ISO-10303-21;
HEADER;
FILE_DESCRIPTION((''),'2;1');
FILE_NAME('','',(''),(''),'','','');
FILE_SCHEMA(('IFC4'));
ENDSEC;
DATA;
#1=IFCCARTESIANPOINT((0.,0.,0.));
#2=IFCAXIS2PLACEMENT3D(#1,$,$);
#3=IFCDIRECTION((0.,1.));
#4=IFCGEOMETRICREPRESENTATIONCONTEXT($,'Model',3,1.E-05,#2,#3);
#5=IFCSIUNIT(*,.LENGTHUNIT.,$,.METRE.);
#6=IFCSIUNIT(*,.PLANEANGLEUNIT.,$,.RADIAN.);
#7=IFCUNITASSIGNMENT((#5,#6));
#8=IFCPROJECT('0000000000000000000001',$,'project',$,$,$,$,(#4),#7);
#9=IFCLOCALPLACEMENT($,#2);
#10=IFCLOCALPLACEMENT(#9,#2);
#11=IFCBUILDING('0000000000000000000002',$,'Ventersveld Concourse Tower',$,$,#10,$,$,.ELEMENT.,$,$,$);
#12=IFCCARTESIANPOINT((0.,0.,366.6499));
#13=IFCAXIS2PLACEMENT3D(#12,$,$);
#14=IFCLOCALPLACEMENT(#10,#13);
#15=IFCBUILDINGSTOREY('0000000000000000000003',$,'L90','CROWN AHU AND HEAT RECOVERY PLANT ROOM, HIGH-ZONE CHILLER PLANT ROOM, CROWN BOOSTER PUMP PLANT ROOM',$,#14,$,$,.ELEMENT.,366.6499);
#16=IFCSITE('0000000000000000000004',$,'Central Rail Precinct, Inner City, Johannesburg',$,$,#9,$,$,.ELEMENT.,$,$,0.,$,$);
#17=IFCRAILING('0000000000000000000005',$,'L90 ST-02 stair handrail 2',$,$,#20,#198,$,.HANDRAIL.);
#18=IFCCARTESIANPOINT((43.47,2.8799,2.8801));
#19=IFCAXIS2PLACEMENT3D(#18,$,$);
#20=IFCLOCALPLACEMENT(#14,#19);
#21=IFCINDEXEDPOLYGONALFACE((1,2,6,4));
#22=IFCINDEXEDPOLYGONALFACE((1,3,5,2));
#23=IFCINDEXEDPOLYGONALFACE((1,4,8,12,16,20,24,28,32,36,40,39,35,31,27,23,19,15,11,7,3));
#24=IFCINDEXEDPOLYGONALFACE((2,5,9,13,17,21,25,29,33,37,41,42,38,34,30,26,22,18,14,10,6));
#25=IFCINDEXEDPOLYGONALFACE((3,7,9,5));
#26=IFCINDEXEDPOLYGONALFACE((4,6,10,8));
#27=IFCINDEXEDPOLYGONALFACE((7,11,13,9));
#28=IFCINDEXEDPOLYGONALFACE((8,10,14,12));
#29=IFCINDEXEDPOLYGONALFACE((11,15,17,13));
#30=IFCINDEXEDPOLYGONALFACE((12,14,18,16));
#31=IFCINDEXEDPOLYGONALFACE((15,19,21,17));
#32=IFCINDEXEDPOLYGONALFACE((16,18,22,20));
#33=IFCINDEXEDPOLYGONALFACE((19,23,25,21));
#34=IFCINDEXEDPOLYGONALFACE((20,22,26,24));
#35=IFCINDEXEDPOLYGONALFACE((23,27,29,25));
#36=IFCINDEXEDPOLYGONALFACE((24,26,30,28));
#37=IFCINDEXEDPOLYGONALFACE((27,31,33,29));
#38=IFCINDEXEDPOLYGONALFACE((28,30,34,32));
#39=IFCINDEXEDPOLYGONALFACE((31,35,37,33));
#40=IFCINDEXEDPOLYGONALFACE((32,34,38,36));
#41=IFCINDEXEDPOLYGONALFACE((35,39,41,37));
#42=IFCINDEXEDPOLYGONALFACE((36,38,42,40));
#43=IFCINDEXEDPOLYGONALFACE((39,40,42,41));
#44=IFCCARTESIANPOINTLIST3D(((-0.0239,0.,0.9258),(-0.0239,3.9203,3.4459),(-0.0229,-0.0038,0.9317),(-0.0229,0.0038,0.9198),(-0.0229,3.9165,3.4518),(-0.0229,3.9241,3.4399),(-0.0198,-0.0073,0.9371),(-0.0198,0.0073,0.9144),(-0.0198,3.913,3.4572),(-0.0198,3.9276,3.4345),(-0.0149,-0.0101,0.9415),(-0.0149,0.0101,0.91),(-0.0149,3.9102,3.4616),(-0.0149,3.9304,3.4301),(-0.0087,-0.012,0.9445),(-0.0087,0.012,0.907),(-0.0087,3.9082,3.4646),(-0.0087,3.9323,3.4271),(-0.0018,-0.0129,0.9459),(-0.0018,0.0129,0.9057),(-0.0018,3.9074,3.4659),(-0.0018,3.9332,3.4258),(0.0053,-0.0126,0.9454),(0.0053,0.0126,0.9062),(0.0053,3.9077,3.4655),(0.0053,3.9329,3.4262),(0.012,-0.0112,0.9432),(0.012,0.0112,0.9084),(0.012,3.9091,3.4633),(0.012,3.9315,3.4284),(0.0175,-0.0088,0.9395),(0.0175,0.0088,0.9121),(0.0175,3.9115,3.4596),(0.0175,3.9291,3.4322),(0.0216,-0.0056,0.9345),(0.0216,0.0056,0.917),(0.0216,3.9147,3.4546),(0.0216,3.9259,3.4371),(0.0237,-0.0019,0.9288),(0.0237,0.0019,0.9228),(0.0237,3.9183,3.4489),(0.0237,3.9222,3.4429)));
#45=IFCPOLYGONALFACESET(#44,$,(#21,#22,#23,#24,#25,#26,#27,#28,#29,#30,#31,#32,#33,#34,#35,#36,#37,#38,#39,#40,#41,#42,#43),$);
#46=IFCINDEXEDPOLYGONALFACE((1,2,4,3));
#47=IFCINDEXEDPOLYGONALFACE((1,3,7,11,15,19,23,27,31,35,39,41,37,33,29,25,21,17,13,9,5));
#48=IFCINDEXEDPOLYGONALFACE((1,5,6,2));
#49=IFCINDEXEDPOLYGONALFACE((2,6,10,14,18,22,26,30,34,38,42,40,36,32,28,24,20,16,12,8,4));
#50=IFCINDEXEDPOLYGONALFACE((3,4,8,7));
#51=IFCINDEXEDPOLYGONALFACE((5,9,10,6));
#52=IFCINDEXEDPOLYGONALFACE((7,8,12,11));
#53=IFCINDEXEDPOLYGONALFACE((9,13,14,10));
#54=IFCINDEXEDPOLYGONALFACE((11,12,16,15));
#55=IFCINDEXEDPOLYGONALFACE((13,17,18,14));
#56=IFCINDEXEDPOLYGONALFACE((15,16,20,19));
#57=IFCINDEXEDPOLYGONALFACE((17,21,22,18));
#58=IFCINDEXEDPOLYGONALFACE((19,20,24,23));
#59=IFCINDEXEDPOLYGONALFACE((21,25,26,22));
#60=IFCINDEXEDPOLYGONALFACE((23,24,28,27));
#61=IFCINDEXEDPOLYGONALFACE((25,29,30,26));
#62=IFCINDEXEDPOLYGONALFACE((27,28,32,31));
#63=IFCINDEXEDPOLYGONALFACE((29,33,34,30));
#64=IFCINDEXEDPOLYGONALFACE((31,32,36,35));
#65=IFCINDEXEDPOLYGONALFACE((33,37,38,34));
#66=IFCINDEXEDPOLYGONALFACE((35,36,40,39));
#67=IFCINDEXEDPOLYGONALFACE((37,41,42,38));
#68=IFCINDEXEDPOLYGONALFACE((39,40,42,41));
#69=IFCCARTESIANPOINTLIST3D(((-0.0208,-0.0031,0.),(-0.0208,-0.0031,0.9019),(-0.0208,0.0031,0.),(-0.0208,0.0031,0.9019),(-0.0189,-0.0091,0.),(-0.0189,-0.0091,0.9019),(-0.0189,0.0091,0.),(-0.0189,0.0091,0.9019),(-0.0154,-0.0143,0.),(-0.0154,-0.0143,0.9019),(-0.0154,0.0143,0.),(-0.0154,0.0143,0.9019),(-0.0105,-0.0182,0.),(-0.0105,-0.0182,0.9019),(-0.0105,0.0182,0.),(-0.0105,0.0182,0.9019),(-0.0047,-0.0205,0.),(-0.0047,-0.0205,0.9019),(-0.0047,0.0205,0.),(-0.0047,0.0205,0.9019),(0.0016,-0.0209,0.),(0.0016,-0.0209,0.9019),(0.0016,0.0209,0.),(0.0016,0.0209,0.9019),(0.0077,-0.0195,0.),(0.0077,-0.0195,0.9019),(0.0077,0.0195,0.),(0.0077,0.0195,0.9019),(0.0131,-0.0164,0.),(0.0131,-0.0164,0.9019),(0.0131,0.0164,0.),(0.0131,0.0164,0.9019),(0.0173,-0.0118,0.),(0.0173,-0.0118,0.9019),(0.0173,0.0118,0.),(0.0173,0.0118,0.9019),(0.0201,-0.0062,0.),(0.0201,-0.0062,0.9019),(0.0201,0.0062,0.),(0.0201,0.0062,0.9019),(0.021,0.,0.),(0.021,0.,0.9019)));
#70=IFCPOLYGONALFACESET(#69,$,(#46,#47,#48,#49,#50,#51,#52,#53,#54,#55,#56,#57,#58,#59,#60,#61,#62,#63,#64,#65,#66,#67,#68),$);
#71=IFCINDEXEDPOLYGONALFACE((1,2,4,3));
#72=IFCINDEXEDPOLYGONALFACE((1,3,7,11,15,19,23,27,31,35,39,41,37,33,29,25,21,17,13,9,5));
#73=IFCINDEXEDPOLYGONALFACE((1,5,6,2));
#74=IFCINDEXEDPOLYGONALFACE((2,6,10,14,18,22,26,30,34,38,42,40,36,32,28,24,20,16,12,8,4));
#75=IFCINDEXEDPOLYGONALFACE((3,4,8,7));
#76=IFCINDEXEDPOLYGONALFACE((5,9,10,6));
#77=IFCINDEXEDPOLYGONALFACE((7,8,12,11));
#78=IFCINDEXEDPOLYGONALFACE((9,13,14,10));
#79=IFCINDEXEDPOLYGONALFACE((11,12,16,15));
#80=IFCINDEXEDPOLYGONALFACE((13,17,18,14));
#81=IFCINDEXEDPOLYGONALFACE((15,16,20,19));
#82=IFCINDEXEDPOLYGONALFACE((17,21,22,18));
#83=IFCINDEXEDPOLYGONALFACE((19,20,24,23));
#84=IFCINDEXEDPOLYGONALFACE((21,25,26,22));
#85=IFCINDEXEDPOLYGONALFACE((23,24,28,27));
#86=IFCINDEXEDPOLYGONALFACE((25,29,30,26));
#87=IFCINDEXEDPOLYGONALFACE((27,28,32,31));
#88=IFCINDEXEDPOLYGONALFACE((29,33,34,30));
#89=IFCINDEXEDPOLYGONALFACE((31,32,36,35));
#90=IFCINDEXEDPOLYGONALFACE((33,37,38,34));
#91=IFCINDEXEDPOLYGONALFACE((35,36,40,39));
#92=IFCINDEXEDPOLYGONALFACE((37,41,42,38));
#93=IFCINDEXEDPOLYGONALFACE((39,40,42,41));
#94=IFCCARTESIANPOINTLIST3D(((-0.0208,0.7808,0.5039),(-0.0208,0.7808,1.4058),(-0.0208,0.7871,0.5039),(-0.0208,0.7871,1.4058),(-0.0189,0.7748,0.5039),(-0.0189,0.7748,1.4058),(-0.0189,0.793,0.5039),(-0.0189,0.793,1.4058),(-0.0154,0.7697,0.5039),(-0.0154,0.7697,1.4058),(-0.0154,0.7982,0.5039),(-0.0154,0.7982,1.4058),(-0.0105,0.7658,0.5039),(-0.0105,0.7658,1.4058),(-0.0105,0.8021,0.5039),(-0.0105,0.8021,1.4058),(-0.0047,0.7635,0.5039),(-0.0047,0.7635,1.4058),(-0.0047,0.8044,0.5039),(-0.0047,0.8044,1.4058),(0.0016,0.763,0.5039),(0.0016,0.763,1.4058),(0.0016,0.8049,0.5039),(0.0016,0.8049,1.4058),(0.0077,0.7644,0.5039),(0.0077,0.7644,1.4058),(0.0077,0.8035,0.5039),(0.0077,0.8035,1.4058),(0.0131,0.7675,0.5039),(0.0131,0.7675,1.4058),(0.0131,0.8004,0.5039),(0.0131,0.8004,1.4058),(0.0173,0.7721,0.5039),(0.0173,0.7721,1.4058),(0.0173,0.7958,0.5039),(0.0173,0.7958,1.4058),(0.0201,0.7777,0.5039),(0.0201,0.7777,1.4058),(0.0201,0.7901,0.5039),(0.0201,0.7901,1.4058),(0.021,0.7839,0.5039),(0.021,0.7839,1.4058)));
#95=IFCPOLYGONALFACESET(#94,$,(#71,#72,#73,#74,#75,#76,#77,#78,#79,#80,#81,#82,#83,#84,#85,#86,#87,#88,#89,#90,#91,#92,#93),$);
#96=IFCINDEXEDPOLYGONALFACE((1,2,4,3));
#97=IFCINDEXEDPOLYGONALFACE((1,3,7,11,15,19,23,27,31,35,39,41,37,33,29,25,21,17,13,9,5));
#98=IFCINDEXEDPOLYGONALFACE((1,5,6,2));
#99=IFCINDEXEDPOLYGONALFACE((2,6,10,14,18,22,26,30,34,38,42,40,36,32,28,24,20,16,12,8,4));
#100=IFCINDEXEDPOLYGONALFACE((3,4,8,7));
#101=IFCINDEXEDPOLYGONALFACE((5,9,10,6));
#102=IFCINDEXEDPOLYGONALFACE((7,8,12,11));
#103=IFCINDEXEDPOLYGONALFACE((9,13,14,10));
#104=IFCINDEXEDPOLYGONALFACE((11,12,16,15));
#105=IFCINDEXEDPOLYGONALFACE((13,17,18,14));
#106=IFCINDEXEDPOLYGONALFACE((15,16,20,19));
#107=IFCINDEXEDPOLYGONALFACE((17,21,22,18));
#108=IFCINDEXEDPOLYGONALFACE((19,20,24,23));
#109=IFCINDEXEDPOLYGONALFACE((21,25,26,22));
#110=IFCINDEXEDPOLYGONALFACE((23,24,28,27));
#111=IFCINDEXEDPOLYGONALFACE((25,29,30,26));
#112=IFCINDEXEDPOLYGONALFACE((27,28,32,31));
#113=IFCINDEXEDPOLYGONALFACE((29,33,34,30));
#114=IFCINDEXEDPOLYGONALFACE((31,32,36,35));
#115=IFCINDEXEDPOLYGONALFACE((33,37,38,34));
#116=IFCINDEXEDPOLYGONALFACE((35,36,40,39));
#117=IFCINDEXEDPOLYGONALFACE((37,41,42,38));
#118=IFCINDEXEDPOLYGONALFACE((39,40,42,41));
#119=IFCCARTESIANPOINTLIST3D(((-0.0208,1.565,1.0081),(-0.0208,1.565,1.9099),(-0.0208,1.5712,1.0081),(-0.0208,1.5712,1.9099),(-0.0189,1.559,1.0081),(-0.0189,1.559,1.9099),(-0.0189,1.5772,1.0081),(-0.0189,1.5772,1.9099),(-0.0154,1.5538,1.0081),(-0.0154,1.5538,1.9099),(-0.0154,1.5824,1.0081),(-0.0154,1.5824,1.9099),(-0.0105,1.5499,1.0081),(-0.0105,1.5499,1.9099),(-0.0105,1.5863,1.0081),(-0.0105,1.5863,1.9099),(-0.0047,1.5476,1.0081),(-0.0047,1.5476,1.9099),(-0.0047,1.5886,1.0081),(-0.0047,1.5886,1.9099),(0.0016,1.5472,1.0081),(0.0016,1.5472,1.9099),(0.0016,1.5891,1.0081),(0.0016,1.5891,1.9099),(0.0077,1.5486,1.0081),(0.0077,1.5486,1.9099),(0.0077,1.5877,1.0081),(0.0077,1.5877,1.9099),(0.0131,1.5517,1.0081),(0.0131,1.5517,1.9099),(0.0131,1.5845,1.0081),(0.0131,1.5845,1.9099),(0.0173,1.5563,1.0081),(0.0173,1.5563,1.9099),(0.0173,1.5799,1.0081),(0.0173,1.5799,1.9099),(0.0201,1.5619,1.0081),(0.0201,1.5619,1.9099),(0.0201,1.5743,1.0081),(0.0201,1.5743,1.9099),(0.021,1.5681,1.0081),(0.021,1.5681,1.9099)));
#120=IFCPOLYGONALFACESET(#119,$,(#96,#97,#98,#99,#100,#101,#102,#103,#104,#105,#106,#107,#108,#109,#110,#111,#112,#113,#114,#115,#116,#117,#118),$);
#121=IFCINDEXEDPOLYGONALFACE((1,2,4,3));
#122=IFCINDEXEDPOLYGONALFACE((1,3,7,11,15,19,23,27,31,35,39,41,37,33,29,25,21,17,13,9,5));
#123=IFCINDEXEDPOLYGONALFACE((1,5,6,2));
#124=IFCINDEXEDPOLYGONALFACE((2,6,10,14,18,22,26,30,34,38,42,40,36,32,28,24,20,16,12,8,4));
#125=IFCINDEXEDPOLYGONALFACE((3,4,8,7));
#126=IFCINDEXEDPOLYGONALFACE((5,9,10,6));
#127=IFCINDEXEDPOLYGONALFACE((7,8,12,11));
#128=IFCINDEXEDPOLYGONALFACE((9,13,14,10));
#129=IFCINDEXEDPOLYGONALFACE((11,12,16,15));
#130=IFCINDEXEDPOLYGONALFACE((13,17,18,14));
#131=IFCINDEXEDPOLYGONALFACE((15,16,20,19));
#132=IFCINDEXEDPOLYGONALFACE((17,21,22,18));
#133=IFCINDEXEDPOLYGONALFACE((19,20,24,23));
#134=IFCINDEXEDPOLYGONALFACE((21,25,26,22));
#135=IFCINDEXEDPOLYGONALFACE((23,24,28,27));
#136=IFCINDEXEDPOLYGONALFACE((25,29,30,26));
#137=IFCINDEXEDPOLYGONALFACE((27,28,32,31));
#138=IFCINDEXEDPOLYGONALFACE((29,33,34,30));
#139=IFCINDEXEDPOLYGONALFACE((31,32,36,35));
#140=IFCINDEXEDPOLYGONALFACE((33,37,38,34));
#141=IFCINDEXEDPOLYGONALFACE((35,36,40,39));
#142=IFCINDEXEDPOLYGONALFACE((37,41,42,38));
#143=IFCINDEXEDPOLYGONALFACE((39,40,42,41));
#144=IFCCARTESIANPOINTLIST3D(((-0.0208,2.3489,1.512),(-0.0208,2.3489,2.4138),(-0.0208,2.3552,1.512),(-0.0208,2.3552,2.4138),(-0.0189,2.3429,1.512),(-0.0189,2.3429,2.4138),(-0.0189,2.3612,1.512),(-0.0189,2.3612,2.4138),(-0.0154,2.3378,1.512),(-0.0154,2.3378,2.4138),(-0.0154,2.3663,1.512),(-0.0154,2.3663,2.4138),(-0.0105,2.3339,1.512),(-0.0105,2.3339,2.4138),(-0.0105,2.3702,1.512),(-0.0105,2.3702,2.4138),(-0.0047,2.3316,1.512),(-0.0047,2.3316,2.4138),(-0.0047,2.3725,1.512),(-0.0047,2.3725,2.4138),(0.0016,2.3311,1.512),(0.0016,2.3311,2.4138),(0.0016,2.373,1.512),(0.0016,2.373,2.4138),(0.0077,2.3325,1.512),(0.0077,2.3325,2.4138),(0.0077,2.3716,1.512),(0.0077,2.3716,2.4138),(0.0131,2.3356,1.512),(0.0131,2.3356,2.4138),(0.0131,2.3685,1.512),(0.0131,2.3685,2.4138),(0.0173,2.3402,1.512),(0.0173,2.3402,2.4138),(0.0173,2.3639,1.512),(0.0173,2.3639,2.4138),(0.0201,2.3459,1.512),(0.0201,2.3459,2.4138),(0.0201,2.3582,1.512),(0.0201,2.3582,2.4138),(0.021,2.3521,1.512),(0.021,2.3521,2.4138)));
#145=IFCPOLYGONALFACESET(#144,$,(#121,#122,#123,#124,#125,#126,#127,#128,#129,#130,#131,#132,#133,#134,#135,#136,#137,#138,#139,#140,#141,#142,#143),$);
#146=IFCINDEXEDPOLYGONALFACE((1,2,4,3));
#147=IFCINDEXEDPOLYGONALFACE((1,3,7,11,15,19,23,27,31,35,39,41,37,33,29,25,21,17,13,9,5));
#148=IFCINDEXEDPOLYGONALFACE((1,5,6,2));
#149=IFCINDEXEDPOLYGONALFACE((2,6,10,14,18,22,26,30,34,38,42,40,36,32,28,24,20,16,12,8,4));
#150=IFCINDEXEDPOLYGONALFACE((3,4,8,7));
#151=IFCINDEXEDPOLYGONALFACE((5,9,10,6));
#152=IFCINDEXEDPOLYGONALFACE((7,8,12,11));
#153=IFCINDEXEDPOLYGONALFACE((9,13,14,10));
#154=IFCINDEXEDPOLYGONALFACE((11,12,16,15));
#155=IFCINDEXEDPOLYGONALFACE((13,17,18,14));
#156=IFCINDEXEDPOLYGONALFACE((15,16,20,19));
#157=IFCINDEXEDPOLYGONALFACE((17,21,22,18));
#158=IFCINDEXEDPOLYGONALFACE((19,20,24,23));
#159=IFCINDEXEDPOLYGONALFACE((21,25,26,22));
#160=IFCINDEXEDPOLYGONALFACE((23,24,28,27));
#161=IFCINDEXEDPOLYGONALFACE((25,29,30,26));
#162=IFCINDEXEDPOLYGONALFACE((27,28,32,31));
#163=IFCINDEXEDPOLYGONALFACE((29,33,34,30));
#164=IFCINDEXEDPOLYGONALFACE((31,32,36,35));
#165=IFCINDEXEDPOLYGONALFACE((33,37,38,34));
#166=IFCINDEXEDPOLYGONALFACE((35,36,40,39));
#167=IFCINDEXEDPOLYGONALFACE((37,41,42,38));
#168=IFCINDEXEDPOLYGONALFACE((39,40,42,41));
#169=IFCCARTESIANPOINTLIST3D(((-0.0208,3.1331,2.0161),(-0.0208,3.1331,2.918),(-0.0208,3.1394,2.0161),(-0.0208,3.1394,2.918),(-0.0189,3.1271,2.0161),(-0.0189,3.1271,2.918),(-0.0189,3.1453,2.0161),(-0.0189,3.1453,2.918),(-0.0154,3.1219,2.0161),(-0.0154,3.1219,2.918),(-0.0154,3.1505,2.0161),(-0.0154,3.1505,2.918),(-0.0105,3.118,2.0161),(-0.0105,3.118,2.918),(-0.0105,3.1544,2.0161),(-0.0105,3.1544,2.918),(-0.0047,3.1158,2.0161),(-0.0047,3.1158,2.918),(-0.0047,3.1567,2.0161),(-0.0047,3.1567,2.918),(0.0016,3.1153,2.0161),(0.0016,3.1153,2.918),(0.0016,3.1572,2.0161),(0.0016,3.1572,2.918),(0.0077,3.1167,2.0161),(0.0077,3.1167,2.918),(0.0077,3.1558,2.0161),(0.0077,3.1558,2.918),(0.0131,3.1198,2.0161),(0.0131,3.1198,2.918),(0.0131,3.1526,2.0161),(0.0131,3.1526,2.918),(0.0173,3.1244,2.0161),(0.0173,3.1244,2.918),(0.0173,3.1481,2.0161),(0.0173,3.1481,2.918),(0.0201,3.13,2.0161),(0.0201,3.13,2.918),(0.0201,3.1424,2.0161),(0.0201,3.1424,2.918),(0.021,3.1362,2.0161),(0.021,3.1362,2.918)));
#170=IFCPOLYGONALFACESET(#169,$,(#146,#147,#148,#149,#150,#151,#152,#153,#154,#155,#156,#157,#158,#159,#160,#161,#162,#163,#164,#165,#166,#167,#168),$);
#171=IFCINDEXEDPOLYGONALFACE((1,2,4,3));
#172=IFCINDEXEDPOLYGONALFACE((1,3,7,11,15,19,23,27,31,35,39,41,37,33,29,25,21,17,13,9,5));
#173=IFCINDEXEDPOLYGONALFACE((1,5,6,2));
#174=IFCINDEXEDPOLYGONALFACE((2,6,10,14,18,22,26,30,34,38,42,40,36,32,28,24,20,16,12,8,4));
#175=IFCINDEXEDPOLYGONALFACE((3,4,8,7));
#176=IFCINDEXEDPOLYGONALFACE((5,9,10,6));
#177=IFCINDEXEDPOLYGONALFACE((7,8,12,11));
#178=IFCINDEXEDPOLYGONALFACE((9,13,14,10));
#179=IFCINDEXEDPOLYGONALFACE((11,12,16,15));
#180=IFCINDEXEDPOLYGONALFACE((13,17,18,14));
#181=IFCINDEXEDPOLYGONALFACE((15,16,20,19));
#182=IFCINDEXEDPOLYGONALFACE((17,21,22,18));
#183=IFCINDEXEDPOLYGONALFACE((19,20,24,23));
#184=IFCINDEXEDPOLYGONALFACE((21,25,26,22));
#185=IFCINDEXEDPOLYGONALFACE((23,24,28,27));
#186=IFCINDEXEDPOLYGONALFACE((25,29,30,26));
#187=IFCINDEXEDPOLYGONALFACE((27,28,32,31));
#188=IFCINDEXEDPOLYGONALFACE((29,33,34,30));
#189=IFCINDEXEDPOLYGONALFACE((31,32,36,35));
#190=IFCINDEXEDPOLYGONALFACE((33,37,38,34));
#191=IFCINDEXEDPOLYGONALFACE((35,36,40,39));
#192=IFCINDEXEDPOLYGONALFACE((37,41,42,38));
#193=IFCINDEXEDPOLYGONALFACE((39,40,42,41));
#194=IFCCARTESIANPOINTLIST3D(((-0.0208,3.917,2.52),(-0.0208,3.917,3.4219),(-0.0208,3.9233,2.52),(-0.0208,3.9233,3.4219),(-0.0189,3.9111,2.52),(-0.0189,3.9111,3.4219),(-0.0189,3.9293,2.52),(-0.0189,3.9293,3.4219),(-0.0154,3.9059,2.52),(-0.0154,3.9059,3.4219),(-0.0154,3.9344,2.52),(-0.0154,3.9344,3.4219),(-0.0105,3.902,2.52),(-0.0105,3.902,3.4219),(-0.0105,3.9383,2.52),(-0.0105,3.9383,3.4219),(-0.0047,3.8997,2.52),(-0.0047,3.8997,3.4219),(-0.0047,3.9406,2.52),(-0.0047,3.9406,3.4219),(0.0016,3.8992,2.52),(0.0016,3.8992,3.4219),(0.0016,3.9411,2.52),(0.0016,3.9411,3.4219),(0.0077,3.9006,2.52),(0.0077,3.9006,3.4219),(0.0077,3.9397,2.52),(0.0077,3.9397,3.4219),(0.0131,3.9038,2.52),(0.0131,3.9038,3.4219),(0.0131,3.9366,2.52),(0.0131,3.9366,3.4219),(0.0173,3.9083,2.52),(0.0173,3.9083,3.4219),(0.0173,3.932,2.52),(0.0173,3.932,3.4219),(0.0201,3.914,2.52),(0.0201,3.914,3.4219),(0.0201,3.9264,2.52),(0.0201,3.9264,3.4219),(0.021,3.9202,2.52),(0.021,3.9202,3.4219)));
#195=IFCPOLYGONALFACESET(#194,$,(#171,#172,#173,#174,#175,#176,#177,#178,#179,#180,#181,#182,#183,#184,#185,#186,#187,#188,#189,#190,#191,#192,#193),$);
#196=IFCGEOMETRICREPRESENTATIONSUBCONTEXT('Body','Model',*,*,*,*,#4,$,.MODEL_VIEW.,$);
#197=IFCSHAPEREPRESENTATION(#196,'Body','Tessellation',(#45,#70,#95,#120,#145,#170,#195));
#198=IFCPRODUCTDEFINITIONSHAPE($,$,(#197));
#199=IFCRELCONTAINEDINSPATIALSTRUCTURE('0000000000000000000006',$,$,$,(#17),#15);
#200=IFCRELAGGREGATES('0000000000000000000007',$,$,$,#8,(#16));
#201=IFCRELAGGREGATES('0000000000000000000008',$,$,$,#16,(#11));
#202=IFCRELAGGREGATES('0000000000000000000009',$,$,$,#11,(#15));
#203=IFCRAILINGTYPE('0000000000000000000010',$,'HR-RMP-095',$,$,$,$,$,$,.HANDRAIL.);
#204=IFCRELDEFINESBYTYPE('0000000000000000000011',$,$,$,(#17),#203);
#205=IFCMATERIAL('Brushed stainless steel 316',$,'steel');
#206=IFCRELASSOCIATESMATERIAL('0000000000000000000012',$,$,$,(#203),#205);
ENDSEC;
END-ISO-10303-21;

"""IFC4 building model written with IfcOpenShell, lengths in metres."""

from ifc_helpers import new_model, si_unit, direction, frame, origin, origin_2d, place, context, subcontext, project, spatial, circle, extrude, material, type_object, element, save


model = new_model("IFC4")

# Units and contexts
model_context = context("Model", 3, precision=1e-05, world=origin(), true_north=direction((0.0, 1.0)))
body_context = subcontext(model_context, "Body", "Model", "MODEL_VIEW")
ifc_project = project(units=[si_unit("LENGTHUNIT", "METRE"), si_unit("PLANEANGLEUNIT", "RADIAN")], contexts=[model_context])

# Site, building, storey
site_placement = place(None, origin())
site = spatial("IfcSite", under=ifc_project, at=site_placement, Name="Central Rail Precinct, Inner City, Johannesburg", CompositionType="ELEMENT", RefElevation=0.0)
building_placement = place(site_placement, origin())
building = spatial("IfcBuilding", under=site, at=building_placement, Name="Ventersveld Concourse Tower", CompositionType="ELEMENT")
storey_placement = place(building_placement, frame((0.0, 0.0, 366.6499)))
storey = spatial("IfcBuildingStorey", under=building, at=storey_placement, Name="L90", Description="CROWN AHU AND HEAT RECOVERY PLANT ROOM, HIGH-ZONE CHILLER PLANT ROOM, CROWN BOOSTER PUMP PLANT ROOM", CompositionType="ELEMENT", Elevation=366.6499)

# Shared definitions
ifc_material_1 = material(Name="Brushed stainless steel 316", Category="steel")

# Railing
railing_type_1 = type_object("IfcRailingType", Name="HR-RMP-095", PredefinedType="HANDRAIL", material=ifc_material_1)
railing_1_placement = place(storey_placement, frame((43.47, 2.8799, 2.8801)))
element("IfcRailing", 1, at=railing_1_placement, inside=storey, type_object=railing_type_1, Name="L90 ST-02 stair handrail 2", PredefinedType="HANDRAIL", context=body_context, shape_type="SweptSolid", body=[
    extrude(circle(Radius=0.0239, at=origin_2d()), frame((0.0, 0.0, 0.9258), z_axis=(0.0, 0.841187, 0.540744), x_axis=(-1.0, 0.0, 0.0)), (0.0, 0.0, 1.0), 4.6604),
    extrude(circle(Radius=0.021, at=origin_2d()), origin(), (0.0, 0.0, 1.0), 0.9019),
    extrude(circle(Radius=0.021, at=origin_2d()), frame((0.0, 0.7839, 0.5039)), (0.0, 0.0, 1.0), 0.9019),
    extrude(circle(Radius=0.021, at=origin_2d()), frame((0.0, 1.5681, 1.0081)), (0.0, 0.0, 1.0), 0.9019),
    extrude(circle(Radius=0.021, at=origin_2d()), frame((0.0, 2.3521, 1.512)), (0.0, 0.0, 1.0), 0.9019),
    extrude(circle(Radius=0.021, at=origin_2d()), frame((0.0, 3.1362, 2.0161)), (0.0, 0.0, 1.0), 0.9019),
    extrude(circle(Radius=0.021, at=origin_2d()), frame((0.0, 3.9202, 2.52)), (0.0, 0.0, 1.0), 0.9019),
])

save(model, "model.ifc")
